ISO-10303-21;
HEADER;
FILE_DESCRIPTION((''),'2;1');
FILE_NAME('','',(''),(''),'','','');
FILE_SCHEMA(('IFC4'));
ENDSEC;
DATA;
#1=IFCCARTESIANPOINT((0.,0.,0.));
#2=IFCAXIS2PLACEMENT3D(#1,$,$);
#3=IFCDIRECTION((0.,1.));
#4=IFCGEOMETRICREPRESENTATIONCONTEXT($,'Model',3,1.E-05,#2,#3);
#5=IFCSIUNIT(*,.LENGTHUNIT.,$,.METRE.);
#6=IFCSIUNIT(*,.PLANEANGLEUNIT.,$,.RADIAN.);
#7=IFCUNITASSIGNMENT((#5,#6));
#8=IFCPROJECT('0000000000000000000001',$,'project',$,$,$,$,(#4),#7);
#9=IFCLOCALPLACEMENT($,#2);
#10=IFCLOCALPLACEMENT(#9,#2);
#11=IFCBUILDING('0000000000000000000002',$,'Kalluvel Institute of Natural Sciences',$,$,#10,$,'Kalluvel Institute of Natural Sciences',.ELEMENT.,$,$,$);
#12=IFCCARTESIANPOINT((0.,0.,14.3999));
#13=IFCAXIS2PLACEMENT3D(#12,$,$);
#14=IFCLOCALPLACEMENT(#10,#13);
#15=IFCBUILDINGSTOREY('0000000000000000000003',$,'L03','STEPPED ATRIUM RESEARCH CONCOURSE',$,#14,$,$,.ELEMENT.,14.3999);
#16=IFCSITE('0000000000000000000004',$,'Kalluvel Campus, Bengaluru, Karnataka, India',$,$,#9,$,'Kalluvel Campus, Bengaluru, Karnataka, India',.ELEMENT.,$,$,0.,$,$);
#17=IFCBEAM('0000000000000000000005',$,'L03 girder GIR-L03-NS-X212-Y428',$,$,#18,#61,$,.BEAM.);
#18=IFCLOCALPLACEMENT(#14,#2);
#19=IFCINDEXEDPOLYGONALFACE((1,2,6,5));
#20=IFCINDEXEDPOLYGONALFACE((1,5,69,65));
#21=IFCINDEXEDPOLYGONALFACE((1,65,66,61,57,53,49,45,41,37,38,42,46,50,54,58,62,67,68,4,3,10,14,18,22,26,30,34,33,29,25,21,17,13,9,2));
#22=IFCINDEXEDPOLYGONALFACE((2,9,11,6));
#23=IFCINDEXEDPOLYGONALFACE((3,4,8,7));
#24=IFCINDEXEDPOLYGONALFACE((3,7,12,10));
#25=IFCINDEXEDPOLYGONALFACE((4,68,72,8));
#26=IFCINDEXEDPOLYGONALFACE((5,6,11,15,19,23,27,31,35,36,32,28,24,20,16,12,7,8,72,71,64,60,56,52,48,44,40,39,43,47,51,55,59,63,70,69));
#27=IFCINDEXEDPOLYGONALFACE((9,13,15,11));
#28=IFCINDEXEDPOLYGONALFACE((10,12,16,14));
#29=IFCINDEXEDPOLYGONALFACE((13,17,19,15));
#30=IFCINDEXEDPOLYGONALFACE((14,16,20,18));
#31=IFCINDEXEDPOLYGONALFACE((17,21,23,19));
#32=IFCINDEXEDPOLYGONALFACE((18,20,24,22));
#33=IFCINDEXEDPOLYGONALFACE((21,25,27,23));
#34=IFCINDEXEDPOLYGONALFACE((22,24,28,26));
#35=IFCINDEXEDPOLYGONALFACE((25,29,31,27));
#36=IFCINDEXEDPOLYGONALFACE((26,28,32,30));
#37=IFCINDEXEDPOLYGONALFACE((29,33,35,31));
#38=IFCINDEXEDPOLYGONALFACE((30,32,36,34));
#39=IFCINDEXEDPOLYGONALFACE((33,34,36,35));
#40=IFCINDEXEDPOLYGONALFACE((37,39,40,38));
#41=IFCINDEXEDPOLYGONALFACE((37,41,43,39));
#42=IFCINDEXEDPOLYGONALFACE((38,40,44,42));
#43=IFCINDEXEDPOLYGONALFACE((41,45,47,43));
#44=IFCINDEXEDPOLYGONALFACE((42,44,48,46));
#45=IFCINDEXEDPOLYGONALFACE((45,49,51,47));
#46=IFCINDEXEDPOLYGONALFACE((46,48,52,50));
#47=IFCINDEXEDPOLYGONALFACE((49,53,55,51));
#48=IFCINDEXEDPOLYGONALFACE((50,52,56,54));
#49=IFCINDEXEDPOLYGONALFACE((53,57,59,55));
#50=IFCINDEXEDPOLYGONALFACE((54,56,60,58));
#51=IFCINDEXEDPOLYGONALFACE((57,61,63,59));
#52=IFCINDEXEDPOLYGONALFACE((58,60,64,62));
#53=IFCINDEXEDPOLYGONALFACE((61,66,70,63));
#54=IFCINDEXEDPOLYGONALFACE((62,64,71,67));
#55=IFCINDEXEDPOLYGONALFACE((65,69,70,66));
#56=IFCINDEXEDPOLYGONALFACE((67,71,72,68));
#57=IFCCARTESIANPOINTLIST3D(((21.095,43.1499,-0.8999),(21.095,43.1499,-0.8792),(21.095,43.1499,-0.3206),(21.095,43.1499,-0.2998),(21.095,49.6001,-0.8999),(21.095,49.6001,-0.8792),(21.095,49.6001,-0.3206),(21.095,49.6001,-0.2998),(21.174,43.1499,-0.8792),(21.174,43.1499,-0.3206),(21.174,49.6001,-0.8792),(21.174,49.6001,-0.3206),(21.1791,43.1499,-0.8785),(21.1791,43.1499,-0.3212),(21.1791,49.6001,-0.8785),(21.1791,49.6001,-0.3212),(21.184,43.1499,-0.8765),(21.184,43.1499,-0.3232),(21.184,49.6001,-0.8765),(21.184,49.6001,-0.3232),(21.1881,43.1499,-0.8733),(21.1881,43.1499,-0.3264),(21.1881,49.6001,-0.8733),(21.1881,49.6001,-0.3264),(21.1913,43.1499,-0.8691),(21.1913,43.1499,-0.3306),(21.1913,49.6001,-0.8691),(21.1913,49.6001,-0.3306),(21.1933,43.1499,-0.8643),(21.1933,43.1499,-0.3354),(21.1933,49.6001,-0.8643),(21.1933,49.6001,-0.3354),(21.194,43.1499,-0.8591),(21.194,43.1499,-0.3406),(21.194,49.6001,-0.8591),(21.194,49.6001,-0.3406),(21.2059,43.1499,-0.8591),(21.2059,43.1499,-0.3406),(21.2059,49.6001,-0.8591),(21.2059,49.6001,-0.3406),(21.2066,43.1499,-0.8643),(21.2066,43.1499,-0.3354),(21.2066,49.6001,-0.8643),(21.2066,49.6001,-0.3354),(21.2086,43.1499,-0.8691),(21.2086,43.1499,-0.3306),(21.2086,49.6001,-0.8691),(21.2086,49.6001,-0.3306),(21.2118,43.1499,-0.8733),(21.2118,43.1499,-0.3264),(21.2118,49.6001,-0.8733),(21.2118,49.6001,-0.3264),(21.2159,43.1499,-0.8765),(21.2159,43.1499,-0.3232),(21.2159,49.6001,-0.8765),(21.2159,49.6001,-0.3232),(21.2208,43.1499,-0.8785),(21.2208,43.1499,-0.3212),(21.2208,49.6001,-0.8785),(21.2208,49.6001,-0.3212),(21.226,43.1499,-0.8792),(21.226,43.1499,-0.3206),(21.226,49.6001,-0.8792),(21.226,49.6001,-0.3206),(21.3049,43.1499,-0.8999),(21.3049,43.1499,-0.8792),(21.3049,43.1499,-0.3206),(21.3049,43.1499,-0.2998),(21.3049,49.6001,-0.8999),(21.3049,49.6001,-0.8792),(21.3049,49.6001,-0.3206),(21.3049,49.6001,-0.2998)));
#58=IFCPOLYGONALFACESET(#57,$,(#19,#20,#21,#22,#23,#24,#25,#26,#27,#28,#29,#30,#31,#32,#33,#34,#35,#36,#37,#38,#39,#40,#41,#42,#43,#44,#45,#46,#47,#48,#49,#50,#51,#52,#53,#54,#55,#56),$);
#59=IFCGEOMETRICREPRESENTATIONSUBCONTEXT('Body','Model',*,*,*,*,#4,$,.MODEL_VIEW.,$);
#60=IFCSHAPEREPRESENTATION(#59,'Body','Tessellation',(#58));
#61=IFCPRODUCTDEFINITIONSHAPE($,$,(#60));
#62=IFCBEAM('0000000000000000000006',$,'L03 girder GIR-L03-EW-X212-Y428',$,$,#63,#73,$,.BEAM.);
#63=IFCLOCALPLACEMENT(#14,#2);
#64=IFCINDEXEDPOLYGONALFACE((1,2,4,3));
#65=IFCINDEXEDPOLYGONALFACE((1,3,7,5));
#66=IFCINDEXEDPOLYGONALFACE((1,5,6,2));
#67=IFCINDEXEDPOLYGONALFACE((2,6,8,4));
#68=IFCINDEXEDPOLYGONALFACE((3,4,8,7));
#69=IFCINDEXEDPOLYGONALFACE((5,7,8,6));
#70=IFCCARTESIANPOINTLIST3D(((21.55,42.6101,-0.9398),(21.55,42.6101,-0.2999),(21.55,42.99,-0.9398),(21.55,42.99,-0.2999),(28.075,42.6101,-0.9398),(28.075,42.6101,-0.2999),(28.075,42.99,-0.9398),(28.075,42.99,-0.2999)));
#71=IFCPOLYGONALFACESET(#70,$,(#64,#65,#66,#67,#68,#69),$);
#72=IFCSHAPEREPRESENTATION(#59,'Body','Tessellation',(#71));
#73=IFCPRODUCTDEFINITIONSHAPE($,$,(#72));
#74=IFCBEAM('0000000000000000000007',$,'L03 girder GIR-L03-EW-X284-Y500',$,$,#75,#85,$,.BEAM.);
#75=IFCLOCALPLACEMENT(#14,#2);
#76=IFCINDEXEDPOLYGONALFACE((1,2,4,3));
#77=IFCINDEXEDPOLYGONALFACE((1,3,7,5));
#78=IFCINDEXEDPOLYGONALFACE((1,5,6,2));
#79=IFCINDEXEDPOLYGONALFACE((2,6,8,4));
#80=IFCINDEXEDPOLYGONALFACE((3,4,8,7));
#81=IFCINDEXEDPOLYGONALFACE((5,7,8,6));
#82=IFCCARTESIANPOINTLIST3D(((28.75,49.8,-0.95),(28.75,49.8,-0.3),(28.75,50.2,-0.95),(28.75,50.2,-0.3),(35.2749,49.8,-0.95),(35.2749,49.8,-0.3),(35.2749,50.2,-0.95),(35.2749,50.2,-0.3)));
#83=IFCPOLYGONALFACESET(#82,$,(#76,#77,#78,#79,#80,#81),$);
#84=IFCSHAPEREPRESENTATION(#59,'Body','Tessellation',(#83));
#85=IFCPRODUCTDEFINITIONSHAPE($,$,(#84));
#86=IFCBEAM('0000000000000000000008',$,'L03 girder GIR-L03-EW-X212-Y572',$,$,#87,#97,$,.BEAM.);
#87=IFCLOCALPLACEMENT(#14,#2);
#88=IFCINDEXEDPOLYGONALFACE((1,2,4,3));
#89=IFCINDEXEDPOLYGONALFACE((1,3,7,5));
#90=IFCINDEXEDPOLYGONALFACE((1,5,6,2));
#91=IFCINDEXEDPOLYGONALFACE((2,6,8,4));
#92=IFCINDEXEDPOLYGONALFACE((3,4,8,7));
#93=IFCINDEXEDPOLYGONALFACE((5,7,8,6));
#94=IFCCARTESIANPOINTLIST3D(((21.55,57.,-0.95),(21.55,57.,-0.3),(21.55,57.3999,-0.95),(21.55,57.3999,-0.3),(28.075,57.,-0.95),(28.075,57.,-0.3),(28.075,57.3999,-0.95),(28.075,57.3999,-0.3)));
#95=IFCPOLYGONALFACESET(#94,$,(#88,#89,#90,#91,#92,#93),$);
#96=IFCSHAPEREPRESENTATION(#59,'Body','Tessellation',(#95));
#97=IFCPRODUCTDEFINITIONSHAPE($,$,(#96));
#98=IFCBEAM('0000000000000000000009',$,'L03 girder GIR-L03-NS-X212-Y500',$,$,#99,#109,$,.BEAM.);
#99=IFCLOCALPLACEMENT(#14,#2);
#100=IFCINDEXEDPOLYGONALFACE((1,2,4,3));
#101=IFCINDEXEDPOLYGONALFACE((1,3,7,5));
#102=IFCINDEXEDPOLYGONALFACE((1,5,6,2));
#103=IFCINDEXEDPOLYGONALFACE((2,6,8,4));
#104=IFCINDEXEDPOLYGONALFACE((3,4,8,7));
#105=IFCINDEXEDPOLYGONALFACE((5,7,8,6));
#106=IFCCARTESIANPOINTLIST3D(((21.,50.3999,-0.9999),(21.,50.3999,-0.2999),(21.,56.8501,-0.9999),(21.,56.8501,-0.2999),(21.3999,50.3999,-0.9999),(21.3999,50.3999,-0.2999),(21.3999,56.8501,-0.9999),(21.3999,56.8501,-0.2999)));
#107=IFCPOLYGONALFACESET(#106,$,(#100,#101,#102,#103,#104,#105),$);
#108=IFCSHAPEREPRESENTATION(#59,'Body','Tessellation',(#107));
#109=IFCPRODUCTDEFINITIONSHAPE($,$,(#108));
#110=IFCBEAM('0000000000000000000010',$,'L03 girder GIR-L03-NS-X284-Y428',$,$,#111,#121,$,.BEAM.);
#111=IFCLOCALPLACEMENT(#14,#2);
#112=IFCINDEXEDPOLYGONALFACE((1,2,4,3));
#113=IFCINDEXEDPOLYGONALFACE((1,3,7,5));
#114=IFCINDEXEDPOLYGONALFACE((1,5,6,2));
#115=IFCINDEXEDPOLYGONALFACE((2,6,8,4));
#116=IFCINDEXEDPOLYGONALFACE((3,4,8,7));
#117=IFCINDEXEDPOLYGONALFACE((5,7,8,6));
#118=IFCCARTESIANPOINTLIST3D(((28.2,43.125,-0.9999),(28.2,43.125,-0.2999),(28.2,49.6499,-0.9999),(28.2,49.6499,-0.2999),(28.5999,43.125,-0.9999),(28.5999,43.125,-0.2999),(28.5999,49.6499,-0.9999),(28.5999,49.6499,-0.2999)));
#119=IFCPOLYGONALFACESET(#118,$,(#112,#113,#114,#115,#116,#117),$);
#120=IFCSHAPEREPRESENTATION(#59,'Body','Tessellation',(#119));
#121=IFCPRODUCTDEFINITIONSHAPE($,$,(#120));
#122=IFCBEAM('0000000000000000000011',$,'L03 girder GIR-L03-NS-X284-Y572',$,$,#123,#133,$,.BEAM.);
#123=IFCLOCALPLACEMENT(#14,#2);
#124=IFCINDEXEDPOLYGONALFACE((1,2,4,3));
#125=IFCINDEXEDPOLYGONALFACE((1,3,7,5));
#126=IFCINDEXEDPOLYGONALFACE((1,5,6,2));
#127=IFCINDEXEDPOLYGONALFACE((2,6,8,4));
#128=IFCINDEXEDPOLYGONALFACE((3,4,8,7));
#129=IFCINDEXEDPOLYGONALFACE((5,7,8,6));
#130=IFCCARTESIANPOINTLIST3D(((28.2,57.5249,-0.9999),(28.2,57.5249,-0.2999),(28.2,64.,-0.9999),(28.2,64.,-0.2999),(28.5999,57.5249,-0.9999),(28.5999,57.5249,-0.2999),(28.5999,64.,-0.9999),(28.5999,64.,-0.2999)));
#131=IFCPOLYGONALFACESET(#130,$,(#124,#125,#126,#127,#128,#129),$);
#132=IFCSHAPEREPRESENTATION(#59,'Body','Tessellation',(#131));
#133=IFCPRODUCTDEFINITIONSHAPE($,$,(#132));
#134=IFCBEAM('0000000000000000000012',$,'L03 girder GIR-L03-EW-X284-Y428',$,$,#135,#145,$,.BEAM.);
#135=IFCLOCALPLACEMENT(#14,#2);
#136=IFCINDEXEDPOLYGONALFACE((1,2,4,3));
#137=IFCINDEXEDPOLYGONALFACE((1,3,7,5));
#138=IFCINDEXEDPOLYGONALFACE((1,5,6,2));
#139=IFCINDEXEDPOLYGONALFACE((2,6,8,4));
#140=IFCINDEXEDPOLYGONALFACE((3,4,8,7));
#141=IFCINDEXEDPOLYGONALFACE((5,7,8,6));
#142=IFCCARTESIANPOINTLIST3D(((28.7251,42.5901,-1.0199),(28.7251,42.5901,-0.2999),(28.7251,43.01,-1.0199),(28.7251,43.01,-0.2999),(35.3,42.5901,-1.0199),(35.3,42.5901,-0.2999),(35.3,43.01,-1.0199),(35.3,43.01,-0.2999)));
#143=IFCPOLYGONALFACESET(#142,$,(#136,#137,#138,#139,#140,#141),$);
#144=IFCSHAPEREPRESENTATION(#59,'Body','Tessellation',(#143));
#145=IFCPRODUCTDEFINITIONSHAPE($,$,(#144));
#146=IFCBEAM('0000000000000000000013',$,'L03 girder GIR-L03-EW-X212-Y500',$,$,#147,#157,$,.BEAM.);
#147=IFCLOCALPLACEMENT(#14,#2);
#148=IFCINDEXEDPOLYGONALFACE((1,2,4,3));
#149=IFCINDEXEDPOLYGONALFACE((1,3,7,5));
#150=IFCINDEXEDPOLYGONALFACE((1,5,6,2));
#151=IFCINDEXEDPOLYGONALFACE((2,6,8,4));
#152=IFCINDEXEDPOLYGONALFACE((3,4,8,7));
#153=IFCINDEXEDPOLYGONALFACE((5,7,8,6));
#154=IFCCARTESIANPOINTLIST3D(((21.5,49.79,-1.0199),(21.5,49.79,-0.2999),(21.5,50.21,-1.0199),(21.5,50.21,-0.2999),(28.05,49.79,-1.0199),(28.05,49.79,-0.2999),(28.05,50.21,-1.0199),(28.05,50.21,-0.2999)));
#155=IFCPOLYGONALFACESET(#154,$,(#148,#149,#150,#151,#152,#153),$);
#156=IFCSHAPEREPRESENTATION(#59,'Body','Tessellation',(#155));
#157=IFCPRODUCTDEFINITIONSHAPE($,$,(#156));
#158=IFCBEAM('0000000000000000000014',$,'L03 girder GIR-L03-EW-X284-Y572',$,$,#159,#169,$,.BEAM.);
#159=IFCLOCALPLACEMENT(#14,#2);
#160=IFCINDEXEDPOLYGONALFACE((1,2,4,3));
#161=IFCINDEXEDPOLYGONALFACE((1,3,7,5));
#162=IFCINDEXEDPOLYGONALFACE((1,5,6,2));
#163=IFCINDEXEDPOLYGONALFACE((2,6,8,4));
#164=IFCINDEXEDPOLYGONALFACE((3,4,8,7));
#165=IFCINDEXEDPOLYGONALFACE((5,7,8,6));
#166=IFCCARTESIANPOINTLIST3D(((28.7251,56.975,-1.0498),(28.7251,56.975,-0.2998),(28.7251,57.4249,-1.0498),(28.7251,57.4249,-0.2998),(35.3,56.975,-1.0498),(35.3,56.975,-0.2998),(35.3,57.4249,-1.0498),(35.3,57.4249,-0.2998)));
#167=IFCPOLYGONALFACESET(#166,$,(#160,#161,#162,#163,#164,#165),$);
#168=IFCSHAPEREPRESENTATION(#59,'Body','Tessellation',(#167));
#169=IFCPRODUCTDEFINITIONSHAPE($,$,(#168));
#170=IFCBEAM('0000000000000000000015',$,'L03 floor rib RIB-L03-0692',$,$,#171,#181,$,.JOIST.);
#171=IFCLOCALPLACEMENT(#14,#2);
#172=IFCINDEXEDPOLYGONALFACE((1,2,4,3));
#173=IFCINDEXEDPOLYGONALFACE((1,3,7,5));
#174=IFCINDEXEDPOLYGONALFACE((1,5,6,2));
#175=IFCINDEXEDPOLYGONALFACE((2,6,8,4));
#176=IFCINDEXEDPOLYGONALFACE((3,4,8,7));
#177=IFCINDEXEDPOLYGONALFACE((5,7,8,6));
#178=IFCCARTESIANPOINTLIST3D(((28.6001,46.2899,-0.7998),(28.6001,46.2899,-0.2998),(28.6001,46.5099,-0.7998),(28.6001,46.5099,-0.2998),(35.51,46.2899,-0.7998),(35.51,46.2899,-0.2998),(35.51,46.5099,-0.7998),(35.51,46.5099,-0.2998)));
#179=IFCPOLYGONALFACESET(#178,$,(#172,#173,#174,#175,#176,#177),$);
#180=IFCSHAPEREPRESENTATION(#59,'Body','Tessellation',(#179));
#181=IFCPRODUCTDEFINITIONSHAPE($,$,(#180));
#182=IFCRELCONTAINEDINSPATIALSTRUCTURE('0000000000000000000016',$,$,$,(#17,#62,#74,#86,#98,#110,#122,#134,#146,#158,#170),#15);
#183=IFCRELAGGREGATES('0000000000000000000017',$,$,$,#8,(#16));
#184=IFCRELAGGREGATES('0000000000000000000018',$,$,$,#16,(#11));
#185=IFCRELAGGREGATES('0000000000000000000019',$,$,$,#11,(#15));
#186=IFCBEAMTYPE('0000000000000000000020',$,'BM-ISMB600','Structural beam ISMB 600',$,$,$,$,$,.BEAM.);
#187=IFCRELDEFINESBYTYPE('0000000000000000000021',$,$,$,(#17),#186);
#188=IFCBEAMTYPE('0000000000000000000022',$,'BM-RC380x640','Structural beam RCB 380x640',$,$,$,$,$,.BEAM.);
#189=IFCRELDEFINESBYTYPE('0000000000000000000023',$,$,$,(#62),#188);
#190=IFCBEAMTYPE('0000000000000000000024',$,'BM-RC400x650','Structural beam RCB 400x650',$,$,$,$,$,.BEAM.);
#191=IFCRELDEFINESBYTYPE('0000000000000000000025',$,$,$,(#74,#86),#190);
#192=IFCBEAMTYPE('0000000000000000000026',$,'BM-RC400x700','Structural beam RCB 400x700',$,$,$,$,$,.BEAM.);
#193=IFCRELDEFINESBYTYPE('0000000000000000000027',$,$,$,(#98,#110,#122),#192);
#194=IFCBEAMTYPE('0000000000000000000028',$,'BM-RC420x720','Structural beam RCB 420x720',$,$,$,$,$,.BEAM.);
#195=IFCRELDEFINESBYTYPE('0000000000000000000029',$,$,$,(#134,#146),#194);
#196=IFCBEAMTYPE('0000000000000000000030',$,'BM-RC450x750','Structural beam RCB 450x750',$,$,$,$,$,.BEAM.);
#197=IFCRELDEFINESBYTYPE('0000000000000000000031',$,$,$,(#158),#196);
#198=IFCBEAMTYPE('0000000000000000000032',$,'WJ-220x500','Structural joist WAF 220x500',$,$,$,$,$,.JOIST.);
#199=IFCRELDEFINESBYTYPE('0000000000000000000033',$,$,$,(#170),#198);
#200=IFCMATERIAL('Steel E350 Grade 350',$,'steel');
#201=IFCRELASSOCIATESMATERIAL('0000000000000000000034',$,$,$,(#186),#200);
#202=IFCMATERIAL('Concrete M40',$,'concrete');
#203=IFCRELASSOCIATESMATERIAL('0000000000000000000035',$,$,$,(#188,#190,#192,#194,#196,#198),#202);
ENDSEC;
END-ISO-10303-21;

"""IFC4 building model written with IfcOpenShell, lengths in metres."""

from ifc_helpers import new_model, si_unit, direction, frame, origin, origin_2d, place, context, subcontext, project, spatial, rectangle, i_section, extrude, material, material_profile, profile_set, type_object, element, save


model = new_model("IFC4")

# Units and contexts
model_context = context("Model", 3, precision=1e-05, world=origin(), true_north=direction((0.0, 1.0)))
body_context = subcontext(model_context, "Body", "Model", "MODEL_VIEW")
ifc_project = project(units=[si_unit("LENGTHUNIT", "METRE"), si_unit("PLANEANGLEUNIT", "RADIAN")], contexts=[model_context])

# Site, building, storey
site_placement = place(None, origin())
site = spatial("IfcSite", under=ifc_project, at=site_placement, Name="Kalluvel Campus, Bengaluru, Karnataka, India", LongName="Kalluvel Campus, Bengaluru, Karnataka, India", CompositionType="ELEMENT", RefElevation=0.0)
building_placement = place(site_placement, origin())
building = spatial("IfcBuilding", under=site, at=building_placement, Name="Kalluvel Institute of Natural Sciences", LongName="Kalluvel Institute of Natural Sciences", CompositionType="ELEMENT")
storey_placement = place(building_placement, frame((0.0, 0.0, 14.3999)))
storey = spatial("IfcBuildingStorey", under=building, at=storey_placement, Name="L03", Description="STEPPED ATRIUM RESEARCH CONCOURSE", CompositionType="ELEMENT", Elevation=14.3999)

# Shared definitions
ifc_material_1 = material(Name="Concrete M40", Category="concrete")

# Beams
ifc_material_2 = material(Name="Steel E350 Grade 350", Category="steel")
ifc_material_profile_1 = material_profile(ifc_material_2, i_section(OverallWidth=0.21, OverallDepth=0.6001, WebThickness=0.012, FlangeThickness=0.0208, FilletRadius=0.02, at=origin_2d()), Name="ISMB 600")
ifc_profile_set_1 = profile_set([ifc_material_profile_1], Name="Steel E350 Grade 350")
beam_type_1 = type_object("IfcBeamType", Name="BM-ISMB600", Description="Structural beam ISMB 600", PredefinedType="BEAM", material=ifc_profile_set_1)
beam_1_placement = place(storey_placement, frame((21.2, 43.1499, -0.5999), z_axis=(0.0, 1.0, 0.0), x_axis=(-1.0, 0.0, 0.0)))
element("IfcBeam", 1, at=beam_1_placement, inside=storey, type_object=beam_type_1, Name="L03 girder GIR-L03-NS-X212-Y428", PredefinedType="BEAM", context=body_context, shape_type="SweptSolid", body=[
    extrude(i_section(OverallWidth=0.21, OverallDepth=0.6001, WebThickness=0.012, FlangeThickness=0.0208, FilletRadius=0.02, at=origin_2d()), origin(), (0.0, 0.0, 1.0), 6.4502),
])
ifc_material_profile_2 = material_profile(ifc_material_1, rectangle(XDim=0.3799, YDim=0.6399, at=origin_2d()), Name="RCB 380x640")
ifc_profile_set_2 = profile_set([ifc_material_profile_2], Name="Concrete M40")
beam_type_2 = type_object("IfcBeamType", Name="BM-RC380x640", Description="Structural beam RCB 380x640", PredefinedType="BEAM", material=ifc_profile_set_2)
beam_2_placement = place(storey_placement, frame((21.55, 42.8, -0.6199), z_axis=(1.0, 0.0, 0.0), x_axis=(0.0, 1.0, 0.0)))
element("IfcBeam", 2, at=beam_2_placement, inside=storey, type_object=beam_type_2, Name="L03 girder GIR-L03-EW-X212-Y428", PredefinedType="BEAM", context=body_context, shape_type="SweptSolid", body=[
    extrude(rectangle(XDim=0.3799, YDim=0.6399, at=origin_2d()), origin(), (0.0, 0.0, 1.0), 6.5249),
])
ifc_material_profile_3 = material_profile(ifc_material_1, rectangle(XDim=0.3999, YDim=0.6499, at=origin_2d()), Name="RCB 400x650")
ifc_profile_set_3 = profile_set([ifc_material_profile_3], Name="Concrete M40")
beam_type_3 = type_object("IfcBeamType", Name="BM-RC400x650", Description="Structural beam RCB 400x650", PredefinedType="BEAM", material=ifc_profile_set_3)
for number, where, z_axis, x_axis, name in (
    (3, (28.75, 50.0, -0.625), (1.0, 0.0, 0.0), (0.0, 1.0, 0.0), "L03 girder GIR-L03-EW-X284-Y500"),
    (4, (21.55, 57.2, -0.625), (1.0, 0.0, 0.0), (0.0, 1.0, 0.0), "L03 girder GIR-L03-EW-X212-Y572"),
):
    element("IfcBeam", number, at=place(storey_placement, frame(where, z_axis=z_axis, x_axis=x_axis)), inside=storey, type_object=beam_type_3, Name=name, PredefinedType="BEAM", context=body_context, shape_type="SweptSolid", body=[
        extrude(rectangle(XDim=0.3999, YDim=0.6499, at=origin_2d()), origin(), (0.0, 0.0, 1.0), 6.5249),
    ])
ifc_material_profile_4 = material_profile(ifc_material_1, rectangle(XDim=0.3999, YDim=0.7, at=origin_2d()), Name="RCB 400x700")
ifc_profile_set_4 = profile_set([ifc_material_profile_4], Name="Concrete M40")
beam_type_4 = type_object("IfcBeamType", Name="BM-RC400x700", Description="Structural beam RCB 400x700", PredefinedType="BEAM", material=ifc_profile_set_4)
beam_3_placement = place(storey_placement, frame((21.2, 50.3999, -0.6499), z_axis=(0.0, 1.0, 0.0), x_axis=(-1.0, 0.0, 0.0)))
element("IfcBeam", 5, at=beam_3_placement, inside=storey, type_object=beam_type_4, Name="L03 girder GIR-L03-NS-X212-Y500", PredefinedType="BEAM", context=body_context, shape_type="SweptSolid", body=[
    extrude(rectangle(XDim=0.3999, YDim=0.7, at=origin_2d()), origin(), (0.0, 0.0, 1.0), 6.4502),
])
beam_4_placement = place(storey_placement, frame((28.3999, 43.125, -0.6499), z_axis=(0.0, 1.0, 0.0), x_axis=(-1.0, 0.0, 0.0)))
element("IfcBeam", 6, at=beam_4_placement, inside=storey, type_object=beam_type_4, Name="L03 girder GIR-L03-NS-X284-Y428", PredefinedType="BEAM", context=body_context, shape_type="SweptSolid", body=[
    extrude(rectangle(XDim=0.3999, YDim=0.7, at=origin_2d()), origin(), (0.0, 0.0, 1.0), 6.5249),
])
beam_5_placement = place(storey_placement, frame((28.3999, 57.5249, -0.6499), z_axis=(0.0, 1.0, 0.0), x_axis=(-1.0, 0.0, 0.0)))
element("IfcBeam", 7, at=beam_5_placement, inside=storey, type_object=beam_type_4, Name="L03 girder GIR-L03-NS-X284-Y572", PredefinedType="BEAM", context=body_context, shape_type="SweptSolid", body=[
    extrude(rectangle(XDim=0.3999, YDim=0.7, at=origin_2d()), origin(), (0.0, 0.0, 1.0), 6.4751),
])
ifc_material_profile_5 = material_profile(ifc_material_1, rectangle(XDim=0.4199, YDim=0.72, at=origin_2d()), Name="RCB 420x720")
ifc_profile_set_5 = profile_set([ifc_material_profile_5], Name="Concrete M40")
beam_type_5 = type_object("IfcBeamType", Name="BM-RC420x720", Description="Structural beam RCB 420x720", PredefinedType="BEAM", material=ifc_profile_set_5)
beam_6_placement = place(storey_placement, frame((28.7251, 42.8, -0.6599), z_axis=(1.0, 0.0, 0.0), x_axis=(0.0, 1.0, 0.0)))
element("IfcBeam", 8, at=beam_6_placement, inside=storey, type_object=beam_type_5, Name="L03 girder GIR-L03-EW-X284-Y428", PredefinedType="BEAM", context=body_context, shape_type="SweptSolid", body=[
    extrude(rectangle(XDim=0.4199, YDim=0.72, at=origin_2d()), origin(), (0.0, 0.0, 1.0), 6.575),
])
beam_7_placement = place(storey_placement, frame((21.5, 50.0, -0.6599), z_axis=(1.0, 0.0, 0.0), x_axis=(0.0, 1.0, 0.0)))
element("IfcBeam", 9, at=beam_7_placement, inside=storey, type_object=beam_type_5, Name="L03 girder GIR-L03-EW-X212-Y500", PredefinedType="BEAM", context=body_context, shape_type="SweptSolid", body=[
    extrude(rectangle(XDim=0.4199, YDim=0.72, at=origin_2d()), origin(), (0.0, 0.0, 1.0), 6.55),
])
ifc_material_profile_6 = material_profile(ifc_material_1, rectangle(XDim=0.45, YDim=0.75, at=origin_2d()), Name="RCB 450x750")
ifc_profile_set_6 = profile_set([ifc_material_profile_6], Name="Concrete M40")
beam_type_6 = type_object("IfcBeamType", Name="BM-RC450x750", Description="Structural beam RCB 450x750", PredefinedType="BEAM", material=ifc_profile_set_6)
beam_8_placement = place(storey_placement, frame((28.7251, 57.2, -0.6748), z_axis=(1.0, 0.0, 0.0), x_axis=(0.0, 1.0, 0.0)))
element("IfcBeam", 10, at=beam_8_placement, inside=storey, type_object=beam_type_6, Name="L03 girder GIR-L03-EW-X284-Y572", PredefinedType="BEAM", context=body_context, shape_type="SweptSolid", body=[
    extrude(rectangle(XDim=0.45, YDim=0.75, at=origin_2d()), origin(), (0.0, 0.0, 1.0), 6.575),
])
ifc_material_profile_7 = material_profile(ifc_material_1, rectangle(XDim=0.22, YDim=0.5, at=origin_2d()), Name="WAF 220x500")
ifc_profile_set_7 = profile_set([ifc_material_profile_7], Name="Concrete M40")
beam_type_7 = type_object("IfcBeamType", Name="WJ-220x500", Description="Structural joist WAF 220x500", PredefinedType="JOIST", material=ifc_profile_set_7)
for number, where, z_axis, x_axis, name in (
    (11, (28.6001, 46.3999, -0.5498), (1.0, 0.0, 0.0), (0.0, 1.0, 0.0), "L03 floor rib RIB-L03-0692"),
):
    element("IfcBeam", number, at=place(storey_placement, frame(where, z_axis=z_axis, x_axis=x_axis)), inside=storey, type_object=beam_type_7, Name=name, PredefinedType="JOIST", context=body_context, shape_type="SweptSolid", body=[
        extrude(rectangle(XDim=0.22, YDim=0.5, at=origin_2d()), origin(), (0.0, 0.0, 1.0), 6.9099),
    ])

save(model, "model.ifc")
